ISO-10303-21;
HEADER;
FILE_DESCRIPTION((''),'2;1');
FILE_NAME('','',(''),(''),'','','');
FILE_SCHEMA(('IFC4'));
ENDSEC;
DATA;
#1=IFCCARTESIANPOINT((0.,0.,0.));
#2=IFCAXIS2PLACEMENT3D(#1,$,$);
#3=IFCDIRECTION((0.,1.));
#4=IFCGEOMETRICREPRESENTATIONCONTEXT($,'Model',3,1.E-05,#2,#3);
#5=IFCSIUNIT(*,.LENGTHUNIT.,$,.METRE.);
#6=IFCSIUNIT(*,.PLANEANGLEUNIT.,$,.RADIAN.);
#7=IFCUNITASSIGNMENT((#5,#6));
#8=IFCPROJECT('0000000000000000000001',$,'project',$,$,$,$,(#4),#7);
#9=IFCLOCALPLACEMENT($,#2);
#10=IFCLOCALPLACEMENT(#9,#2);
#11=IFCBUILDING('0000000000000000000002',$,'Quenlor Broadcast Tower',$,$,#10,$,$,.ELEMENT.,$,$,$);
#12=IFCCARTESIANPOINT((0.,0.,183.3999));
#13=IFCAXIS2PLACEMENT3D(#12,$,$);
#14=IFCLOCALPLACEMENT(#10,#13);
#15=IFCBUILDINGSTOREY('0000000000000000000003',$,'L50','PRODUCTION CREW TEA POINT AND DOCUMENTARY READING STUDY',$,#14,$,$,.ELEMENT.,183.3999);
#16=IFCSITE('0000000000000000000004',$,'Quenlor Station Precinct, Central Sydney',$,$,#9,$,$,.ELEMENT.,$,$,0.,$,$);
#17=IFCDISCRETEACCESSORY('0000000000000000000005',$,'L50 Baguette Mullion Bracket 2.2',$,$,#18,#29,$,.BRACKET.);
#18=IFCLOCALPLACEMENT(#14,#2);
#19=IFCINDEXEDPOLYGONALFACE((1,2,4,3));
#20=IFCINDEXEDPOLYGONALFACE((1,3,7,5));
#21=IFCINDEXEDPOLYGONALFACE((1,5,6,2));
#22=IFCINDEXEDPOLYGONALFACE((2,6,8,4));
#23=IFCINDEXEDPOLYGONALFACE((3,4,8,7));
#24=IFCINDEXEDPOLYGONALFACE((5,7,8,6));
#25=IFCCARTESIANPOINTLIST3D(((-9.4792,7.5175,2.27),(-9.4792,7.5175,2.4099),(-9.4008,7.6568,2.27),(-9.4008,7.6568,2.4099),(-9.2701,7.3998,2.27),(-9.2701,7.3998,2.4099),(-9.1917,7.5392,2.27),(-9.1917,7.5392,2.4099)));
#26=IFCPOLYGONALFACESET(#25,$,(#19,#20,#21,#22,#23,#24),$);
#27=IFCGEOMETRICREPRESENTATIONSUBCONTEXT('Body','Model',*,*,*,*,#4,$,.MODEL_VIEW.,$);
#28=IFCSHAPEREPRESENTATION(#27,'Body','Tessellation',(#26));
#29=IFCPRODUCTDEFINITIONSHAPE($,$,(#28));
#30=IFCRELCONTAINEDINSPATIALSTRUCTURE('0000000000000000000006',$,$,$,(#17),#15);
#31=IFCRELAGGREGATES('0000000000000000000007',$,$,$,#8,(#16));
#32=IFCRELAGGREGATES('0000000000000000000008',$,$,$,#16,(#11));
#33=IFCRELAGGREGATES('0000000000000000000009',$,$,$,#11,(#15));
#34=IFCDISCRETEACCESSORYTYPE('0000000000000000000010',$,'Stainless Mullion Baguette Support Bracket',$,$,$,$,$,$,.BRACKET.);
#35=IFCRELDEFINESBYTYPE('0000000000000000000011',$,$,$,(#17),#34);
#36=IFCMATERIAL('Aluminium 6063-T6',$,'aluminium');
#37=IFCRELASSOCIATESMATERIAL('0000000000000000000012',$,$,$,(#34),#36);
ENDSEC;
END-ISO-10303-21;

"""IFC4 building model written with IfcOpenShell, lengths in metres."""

from ifc_helpers import new_model, si_unit, direction, frame, origin, origin_2d, place, context, subcontext, project, spatial, rectangle, extrude, material, type_object, element, save


model = new_model("IFC4")

# Units and contexts
model_context = context("Model", 3, precision=1e-05, world=origin(), true_north=direction((0.0, 1.0)))
body_context = subcontext(model_context, "Body", "Model", "MODEL_VIEW")
ifc_project = project(units=[si_unit("LENGTHUNIT", "METRE"), si_unit("PLANEANGLEUNIT", "RADIAN")], contexts=[model_context])

# Site, building, storey
site_placement = place(None, origin())
site = spatial("IfcSite", under=ifc_project, at=site_placement, Name="Quenlor Station Precinct, Central Sydney", CompositionType="ELEMENT", RefElevation=0.0)
building_placement = place(site_placement, origin())
building = spatial("IfcBuilding", under=site, at=building_placement, Name="Quenlor Broadcast Tower", CompositionType="ELEMENT")
storey_placement = place(building_placement, frame((0.0, 0.0, 183.3999)))
storey = spatial("IfcBuildingStorey", under=building, at=storey_placement, Name="L50", Description="PRODUCTION CREW TEA POINT AND DOCUMENTARY READING STUDY", CompositionType="ELEMENT", Elevation=183.3999)

# Discrete accessory
ifc_material_1 = material(Name="Aluminium 6063-T6", Category="aluminium")
discrete_accessory_type = type_object("IfcDiscreteAccessoryType", Name="Stainless Mullion Baguette Support Bracket", PredefinedType="BRACKET", material=ifc_material_1)
for number, where, z_axis, x_axis, name in (
    (1, (-9.3354, 7.5283, 2.27), (0.0, 0.0, 1.0), (0.490257, 0.871578, 0.0), "L50 Baguette Mullion Bracket 2.2"),
):
    element("IfcDiscreteAccessory", number, at=place(storey_placement, frame(where, z_axis=z_axis, x_axis=x_axis)), inside=storey, type_object=discrete_accessory_type, Name=name, PredefinedType="BRACKET", context=body_context, shape_type="SweptSolid", body=[
        extrude(rectangle(XDim=0.1599, YDim=0.24, at=origin_2d()), origin(), (0.0, 0.0, 1.0), 0.1399),
    ])

save(model, "model.ifc")
